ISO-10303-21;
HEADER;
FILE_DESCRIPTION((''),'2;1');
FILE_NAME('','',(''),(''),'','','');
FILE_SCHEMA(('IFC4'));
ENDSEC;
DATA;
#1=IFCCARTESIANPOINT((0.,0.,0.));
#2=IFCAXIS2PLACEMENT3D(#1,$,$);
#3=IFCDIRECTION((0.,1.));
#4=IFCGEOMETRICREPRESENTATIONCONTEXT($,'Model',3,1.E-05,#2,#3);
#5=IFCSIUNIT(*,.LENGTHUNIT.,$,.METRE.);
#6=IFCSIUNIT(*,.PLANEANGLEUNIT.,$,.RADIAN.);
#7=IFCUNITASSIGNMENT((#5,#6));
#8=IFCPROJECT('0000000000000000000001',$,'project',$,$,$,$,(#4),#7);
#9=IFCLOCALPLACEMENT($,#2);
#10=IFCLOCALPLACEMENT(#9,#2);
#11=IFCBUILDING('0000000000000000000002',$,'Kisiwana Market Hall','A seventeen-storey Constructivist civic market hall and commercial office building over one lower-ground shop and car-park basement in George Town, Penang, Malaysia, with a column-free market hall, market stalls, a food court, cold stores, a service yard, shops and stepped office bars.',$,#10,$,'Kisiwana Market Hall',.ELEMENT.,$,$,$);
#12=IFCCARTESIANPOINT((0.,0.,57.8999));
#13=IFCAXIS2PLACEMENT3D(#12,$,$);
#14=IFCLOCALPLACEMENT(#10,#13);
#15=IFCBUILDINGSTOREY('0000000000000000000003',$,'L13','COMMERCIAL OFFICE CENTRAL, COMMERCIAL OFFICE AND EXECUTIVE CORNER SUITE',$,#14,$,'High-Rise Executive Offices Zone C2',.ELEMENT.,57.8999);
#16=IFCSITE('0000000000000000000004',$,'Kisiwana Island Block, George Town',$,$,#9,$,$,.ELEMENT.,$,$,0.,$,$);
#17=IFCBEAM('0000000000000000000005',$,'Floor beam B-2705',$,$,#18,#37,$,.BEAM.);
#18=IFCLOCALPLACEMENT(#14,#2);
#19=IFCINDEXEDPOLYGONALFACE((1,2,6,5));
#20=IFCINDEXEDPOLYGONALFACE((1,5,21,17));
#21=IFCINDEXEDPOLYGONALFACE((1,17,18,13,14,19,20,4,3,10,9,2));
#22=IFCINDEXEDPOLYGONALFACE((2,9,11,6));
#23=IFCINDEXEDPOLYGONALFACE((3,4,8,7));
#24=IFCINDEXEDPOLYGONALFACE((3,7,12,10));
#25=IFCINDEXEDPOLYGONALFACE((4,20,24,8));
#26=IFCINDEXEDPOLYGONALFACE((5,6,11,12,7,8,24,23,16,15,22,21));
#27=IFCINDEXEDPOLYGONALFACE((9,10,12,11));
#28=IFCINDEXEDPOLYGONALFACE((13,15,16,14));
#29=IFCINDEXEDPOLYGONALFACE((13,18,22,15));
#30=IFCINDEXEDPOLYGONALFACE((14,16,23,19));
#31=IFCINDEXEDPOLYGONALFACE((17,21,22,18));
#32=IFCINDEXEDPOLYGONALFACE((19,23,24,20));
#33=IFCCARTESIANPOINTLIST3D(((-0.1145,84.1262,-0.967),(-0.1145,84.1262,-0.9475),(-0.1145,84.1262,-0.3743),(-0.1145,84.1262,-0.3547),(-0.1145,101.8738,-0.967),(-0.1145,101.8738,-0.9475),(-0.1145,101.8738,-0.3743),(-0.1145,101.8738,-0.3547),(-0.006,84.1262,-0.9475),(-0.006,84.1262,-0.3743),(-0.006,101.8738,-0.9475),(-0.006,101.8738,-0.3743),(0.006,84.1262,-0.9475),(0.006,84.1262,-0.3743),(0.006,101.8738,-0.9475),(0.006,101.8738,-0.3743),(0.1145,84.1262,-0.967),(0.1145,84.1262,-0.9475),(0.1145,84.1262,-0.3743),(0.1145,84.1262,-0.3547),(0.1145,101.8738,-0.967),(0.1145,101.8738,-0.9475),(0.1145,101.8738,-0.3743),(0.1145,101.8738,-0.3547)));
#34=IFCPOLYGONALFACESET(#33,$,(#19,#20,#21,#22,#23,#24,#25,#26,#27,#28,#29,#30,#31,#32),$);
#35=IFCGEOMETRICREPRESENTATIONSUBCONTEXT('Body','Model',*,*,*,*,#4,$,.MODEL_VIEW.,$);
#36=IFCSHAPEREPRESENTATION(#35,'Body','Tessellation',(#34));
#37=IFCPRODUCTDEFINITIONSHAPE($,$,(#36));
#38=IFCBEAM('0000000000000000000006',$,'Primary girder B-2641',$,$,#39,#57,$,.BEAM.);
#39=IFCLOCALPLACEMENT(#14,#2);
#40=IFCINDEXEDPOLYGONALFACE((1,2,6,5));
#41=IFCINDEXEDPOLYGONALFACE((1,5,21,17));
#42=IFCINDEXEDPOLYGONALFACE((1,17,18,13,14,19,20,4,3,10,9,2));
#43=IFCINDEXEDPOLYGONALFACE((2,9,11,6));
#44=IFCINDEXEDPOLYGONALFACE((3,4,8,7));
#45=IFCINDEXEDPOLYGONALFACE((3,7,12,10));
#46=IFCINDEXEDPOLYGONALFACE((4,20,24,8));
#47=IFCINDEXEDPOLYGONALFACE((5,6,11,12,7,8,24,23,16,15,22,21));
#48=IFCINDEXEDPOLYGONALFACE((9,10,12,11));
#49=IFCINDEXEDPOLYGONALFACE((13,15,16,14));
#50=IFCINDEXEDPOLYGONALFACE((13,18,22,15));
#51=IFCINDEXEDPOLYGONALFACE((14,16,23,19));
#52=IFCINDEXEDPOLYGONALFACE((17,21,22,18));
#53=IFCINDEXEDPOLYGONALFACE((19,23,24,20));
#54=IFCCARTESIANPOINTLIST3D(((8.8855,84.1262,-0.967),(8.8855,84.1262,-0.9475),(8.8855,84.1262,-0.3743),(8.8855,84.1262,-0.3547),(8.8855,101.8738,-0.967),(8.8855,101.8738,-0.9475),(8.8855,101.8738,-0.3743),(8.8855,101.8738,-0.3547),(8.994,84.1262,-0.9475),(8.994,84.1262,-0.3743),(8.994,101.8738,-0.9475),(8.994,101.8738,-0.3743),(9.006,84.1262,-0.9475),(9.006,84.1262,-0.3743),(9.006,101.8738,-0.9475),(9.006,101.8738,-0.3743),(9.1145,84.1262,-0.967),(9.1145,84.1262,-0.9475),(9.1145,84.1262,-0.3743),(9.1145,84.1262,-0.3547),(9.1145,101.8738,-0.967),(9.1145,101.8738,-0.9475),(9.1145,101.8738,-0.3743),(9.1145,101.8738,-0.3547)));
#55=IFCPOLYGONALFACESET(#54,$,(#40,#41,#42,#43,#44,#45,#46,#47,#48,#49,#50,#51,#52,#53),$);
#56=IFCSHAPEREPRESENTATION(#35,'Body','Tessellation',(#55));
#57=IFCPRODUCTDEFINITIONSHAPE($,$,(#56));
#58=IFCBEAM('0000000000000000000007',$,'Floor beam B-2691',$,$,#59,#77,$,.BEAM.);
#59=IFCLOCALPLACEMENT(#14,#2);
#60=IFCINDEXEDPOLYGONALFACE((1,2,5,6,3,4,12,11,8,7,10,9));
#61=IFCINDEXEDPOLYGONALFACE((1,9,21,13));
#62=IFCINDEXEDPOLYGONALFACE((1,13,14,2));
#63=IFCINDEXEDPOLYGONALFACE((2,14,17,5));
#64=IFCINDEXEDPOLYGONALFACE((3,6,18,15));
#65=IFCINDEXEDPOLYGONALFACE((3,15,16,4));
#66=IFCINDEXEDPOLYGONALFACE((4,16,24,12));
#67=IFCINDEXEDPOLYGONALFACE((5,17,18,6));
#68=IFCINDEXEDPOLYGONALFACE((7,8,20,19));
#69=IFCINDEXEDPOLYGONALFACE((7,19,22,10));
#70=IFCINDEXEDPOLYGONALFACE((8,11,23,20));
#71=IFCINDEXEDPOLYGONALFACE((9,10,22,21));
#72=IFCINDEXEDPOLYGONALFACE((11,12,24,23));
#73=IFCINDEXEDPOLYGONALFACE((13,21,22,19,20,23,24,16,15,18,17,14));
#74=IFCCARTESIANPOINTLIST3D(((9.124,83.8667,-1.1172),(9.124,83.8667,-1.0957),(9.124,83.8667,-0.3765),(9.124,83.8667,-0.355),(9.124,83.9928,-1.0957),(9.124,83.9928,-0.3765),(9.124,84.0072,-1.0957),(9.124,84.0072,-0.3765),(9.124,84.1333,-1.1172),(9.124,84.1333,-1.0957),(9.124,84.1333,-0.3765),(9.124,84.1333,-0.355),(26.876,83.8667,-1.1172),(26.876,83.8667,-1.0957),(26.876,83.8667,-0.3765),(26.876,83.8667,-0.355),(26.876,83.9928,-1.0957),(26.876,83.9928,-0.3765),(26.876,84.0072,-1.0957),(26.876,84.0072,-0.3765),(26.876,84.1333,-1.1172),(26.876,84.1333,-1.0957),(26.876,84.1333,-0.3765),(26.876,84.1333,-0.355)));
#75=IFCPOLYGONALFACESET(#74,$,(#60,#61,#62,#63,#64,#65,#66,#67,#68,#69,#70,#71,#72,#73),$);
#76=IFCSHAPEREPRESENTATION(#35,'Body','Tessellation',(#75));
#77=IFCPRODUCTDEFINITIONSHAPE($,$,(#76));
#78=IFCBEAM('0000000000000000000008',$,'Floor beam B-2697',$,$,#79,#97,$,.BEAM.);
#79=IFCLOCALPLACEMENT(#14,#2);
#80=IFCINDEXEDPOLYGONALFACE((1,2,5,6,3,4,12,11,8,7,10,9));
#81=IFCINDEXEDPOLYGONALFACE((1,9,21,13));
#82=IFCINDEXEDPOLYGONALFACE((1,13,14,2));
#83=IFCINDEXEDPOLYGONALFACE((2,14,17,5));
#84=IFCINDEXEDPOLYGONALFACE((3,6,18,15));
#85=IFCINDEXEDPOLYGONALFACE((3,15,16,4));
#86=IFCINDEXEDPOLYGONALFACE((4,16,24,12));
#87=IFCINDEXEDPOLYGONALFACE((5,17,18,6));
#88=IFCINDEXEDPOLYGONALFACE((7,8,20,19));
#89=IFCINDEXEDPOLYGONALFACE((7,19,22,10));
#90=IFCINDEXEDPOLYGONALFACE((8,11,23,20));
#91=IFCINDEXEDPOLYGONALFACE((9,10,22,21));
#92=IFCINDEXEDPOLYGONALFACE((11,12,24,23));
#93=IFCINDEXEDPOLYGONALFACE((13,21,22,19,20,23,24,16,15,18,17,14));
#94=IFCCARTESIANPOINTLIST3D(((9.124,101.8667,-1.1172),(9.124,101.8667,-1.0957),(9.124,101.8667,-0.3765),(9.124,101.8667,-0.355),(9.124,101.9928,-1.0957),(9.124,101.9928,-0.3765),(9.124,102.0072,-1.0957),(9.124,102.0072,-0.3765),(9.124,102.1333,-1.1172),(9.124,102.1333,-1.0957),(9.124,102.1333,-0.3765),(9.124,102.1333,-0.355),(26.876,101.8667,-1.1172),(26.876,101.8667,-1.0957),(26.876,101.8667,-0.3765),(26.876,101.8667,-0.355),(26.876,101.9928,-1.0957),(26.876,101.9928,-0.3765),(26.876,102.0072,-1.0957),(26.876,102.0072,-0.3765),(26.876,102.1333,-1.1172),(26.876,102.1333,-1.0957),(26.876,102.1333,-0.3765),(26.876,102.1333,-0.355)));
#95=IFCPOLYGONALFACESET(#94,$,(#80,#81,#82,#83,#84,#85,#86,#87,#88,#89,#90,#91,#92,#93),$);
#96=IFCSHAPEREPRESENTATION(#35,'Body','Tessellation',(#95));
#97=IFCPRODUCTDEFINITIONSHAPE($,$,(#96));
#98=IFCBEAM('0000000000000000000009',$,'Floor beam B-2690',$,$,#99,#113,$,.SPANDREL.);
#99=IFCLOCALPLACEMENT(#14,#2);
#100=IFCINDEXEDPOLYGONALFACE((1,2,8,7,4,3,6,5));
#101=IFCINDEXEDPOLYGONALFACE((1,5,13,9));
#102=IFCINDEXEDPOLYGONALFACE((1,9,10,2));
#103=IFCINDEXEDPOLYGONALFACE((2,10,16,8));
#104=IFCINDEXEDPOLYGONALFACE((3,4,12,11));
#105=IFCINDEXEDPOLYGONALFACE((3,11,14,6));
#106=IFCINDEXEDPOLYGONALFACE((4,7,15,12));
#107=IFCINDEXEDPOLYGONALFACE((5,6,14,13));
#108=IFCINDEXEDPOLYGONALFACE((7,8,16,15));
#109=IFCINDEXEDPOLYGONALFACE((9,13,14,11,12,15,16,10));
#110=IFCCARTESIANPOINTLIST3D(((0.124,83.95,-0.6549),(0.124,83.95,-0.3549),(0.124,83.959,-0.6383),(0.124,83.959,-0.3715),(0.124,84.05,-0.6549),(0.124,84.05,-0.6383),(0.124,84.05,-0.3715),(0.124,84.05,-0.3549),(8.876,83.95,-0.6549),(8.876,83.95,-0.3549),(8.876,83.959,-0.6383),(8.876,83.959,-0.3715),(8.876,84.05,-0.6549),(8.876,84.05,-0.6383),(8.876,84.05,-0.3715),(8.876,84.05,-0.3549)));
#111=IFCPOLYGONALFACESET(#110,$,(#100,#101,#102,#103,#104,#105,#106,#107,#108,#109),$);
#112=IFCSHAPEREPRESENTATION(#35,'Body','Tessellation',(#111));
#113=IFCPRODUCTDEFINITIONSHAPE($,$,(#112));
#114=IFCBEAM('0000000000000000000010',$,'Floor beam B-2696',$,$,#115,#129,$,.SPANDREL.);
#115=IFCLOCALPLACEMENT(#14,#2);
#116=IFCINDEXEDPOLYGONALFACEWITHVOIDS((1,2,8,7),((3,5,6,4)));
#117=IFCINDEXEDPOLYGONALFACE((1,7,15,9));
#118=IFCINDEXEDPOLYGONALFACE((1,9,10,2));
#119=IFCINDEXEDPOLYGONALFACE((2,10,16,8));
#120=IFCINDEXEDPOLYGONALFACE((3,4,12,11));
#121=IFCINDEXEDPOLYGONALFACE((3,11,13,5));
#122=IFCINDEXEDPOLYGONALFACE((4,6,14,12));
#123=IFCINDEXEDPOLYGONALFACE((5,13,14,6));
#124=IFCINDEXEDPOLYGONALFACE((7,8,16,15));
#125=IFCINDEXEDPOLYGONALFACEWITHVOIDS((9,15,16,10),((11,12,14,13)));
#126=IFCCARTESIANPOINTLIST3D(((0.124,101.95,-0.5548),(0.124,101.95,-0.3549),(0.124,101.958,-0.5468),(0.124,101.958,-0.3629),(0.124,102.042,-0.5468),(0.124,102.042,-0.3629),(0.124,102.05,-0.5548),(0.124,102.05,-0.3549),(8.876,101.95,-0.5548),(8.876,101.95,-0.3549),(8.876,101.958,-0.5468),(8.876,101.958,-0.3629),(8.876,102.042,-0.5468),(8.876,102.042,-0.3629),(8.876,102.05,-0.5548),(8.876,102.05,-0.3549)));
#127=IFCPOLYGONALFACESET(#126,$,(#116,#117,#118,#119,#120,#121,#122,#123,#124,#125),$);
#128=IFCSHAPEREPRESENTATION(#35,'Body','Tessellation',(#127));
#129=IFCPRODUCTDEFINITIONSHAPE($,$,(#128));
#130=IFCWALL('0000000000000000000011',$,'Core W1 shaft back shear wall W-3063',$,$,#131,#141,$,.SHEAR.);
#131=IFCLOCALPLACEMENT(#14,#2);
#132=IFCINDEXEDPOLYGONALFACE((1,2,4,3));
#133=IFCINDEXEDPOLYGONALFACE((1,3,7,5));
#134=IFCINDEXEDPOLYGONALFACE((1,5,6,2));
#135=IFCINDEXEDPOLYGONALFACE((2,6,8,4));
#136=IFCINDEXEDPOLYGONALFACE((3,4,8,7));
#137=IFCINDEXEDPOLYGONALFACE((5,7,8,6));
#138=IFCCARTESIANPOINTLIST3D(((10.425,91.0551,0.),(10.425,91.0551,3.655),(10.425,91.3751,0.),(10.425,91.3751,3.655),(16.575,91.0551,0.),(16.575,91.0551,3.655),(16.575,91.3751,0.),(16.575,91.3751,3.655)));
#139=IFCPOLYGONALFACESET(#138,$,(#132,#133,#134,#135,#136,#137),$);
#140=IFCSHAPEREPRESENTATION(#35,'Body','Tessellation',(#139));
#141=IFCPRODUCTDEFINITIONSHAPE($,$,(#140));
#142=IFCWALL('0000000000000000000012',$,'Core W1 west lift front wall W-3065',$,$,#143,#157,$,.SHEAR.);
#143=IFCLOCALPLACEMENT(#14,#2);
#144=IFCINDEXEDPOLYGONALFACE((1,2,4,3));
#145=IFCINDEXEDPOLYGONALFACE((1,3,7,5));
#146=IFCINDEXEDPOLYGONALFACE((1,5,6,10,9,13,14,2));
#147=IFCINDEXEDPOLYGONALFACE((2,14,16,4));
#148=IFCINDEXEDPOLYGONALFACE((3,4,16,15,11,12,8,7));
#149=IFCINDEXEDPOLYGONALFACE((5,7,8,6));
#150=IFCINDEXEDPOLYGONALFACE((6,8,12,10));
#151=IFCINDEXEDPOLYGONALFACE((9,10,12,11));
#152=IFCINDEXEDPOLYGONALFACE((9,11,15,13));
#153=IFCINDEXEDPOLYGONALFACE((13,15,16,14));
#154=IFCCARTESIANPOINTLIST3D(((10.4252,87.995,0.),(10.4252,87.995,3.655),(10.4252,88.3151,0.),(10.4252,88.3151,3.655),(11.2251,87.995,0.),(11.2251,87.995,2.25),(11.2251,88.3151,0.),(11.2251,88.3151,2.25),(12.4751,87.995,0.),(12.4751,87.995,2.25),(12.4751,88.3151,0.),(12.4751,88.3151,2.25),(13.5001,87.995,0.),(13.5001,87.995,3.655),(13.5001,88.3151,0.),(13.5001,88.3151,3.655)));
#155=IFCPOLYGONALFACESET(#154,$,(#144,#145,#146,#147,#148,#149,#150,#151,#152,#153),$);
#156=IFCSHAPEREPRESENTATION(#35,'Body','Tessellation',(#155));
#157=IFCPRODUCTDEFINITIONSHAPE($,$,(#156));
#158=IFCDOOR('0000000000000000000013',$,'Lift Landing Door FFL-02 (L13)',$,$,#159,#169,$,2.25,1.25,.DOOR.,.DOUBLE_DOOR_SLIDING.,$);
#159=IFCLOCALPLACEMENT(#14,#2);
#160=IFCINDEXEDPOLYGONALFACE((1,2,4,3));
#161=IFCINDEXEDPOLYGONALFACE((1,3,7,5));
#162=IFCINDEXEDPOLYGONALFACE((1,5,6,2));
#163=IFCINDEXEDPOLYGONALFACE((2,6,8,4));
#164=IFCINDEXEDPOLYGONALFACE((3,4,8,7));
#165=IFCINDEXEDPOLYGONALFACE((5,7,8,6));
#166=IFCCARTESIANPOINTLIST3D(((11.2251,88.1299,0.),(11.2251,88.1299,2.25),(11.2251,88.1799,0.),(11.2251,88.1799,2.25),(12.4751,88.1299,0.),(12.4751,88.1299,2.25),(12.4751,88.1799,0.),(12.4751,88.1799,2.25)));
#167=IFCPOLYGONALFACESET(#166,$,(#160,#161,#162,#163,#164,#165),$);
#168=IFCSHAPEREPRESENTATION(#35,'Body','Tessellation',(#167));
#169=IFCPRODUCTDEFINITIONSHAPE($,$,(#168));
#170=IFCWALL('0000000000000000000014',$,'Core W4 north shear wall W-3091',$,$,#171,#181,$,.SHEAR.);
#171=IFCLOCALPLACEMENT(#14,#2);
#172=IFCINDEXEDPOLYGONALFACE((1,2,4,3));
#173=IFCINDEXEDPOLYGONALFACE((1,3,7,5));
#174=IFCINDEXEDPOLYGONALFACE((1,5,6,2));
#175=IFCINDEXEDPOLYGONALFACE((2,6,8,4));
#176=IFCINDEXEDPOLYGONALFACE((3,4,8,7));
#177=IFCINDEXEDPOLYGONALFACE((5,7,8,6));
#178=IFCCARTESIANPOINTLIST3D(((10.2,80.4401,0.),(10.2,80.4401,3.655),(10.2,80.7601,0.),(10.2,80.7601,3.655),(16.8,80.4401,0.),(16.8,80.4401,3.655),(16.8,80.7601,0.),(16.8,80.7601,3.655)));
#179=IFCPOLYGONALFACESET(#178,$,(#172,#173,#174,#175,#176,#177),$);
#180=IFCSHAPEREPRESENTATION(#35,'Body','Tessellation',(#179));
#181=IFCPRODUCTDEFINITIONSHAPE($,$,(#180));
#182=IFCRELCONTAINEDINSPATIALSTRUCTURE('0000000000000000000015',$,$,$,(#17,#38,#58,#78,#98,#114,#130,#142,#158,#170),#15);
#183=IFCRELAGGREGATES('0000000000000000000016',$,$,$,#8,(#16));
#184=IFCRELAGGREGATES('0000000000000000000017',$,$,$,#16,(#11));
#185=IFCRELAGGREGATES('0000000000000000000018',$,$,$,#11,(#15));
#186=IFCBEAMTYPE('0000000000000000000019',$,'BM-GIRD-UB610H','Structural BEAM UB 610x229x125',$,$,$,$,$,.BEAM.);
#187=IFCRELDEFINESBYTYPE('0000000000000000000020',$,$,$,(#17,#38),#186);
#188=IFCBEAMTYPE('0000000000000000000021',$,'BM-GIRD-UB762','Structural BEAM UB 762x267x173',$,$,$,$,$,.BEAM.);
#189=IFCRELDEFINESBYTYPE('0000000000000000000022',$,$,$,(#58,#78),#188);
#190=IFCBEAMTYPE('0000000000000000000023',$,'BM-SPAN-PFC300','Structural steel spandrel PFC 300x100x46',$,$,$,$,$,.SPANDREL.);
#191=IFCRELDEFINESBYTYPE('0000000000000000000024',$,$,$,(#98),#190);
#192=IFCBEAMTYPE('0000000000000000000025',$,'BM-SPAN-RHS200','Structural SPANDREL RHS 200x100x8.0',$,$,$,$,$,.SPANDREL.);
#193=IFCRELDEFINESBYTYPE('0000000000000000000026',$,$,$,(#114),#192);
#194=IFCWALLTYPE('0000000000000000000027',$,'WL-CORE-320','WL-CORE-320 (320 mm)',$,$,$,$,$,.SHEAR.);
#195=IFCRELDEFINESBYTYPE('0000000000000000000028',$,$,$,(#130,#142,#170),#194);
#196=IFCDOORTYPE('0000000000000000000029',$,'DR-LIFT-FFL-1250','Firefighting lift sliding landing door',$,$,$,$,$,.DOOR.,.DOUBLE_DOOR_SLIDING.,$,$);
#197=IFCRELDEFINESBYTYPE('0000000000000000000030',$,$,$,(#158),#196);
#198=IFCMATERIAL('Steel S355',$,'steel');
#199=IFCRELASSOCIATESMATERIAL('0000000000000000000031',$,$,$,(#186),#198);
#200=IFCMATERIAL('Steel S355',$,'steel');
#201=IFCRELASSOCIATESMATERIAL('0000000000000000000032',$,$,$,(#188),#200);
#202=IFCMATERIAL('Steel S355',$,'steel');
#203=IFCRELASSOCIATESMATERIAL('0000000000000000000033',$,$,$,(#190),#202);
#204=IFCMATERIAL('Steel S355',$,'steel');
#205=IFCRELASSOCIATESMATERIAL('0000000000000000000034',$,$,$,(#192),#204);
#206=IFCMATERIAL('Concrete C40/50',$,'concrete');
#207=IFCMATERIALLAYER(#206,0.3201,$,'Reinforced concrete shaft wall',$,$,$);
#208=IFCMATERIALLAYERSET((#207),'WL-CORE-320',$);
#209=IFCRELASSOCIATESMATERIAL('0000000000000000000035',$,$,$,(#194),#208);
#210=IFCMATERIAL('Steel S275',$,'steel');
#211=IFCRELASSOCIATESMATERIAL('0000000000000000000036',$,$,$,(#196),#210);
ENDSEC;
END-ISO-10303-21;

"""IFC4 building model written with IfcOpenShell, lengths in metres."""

from ifc_helpers import new_model, si_unit, direction, frame, frame_2d, origin, origin_2d, place, context, subcontext, project, spatial, rectangle, hollow_rectangle, i_section, u_section, extrude, material, layer, layer_set, material_profile, profile_set, type_object, element, fill, save


model = new_model("IFC4")

# Units and contexts
model_context = context("Model", 3, precision=1e-05, world=origin(), true_north=direction((0.0, 1.0)))
body_context = subcontext(model_context, "Body", "Model", "MODEL_VIEW")
ifc_project = project(units=[si_unit("LENGTHUNIT", "METRE"), si_unit("PLANEANGLEUNIT", "RADIAN")], contexts=[model_context])

# Site, building, storey
site_placement = place(None, origin())
site = spatial("IfcSite", under=ifc_project, at=site_placement, Name="Kisiwana Island Block, George Town", CompositionType="ELEMENT", RefElevation=0.0)
building_placement = place(site_placement, origin())
building = spatial("IfcBuilding", under=site, at=building_placement, Name="Kisiwana Market Hall", Description="A seventeen-storey Constructivist civic market hall and commercial office building over one lower-ground shop and car-park basement in George Town, Penang, Malaysia, with a column-free market hall, market stalls, a food court, cold stores, a service yard, shops and stepped office bars.", LongName="Kisiwana Market Hall", CompositionType="ELEMENT")
storey_placement = place(building_placement, frame((0.0, 0.0, 57.8999)))
storey = spatial("IfcBuildingStorey", under=building, at=storey_placement, Name="L13", Description="COMMERCIAL OFFICE CENTRAL, COMMERCIAL OFFICE AND EXECUTIVE CORNER SUITE", LongName="High-Rise Executive Offices Zone C2", CompositionType="ELEMENT", Elevation=57.8999)

# Beams
ifc_material_1 = material(Name="Steel S355", Category="steel")
ifc_material_profile_1 = material_profile(ifc_material_1, i_section(OverallWidth=0.229, OverallDepth=0.6123, WebThickness=0.012, FlangeThickness=0.0195, at=origin_2d()), Name="UB 610x229x125")
ifc_profile_set_1 = profile_set([ifc_material_profile_1], Name="Steel S355")
beam_type_1 = type_object("IfcBeamType", Name="BM-GIRD-UB610H", Description="Structural BEAM UB 610x229x125", PredefinedType="BEAM", material=ifc_profile_set_1)
for number, where, z_axis, x_axis, name in (
    (1, (0.0, 84.1262, -0.6609), (0.0, 1.0, 0.0), (-1.0, 0.0, 0.0), "Floor beam B-2705"),
    (2, (9.0, 84.1262, -0.6609), (0.0, 1.0, 0.0), (-1.0, 0.0, 0.0), "Primary girder B-2641"),
):
    element("IfcBeam", number, at=place(storey_placement, frame(where, z_axis=z_axis, x_axis=x_axis)), inside=storey, type_object=beam_type_1, Name=name, PredefinedType="BEAM", context=body_context, shape_type="SweptSolid", body=[
        extrude(i_section(OverallWidth=0.229, OverallDepth=0.6123, WebThickness=0.012, FlangeThickness=0.0195, at=origin_2d()), origin(), (0.0, 0.0, 1.0), 17.7476),
    ])
ifc_material_2 = material(Name="Steel S355", Category="steel")
ifc_material_profile_2 = material_profile(ifc_material_2, i_section(OverallWidth=0.2666, OverallDepth=0.7622, WebThickness=0.0144, FlangeThickness=0.0215, at=origin_2d()), Name="UB 762x267x173")
ifc_profile_set_2 = profile_set([ifc_material_profile_2], Name="Steel S355")
beam_type_2 = type_object("IfcBeamType", Name="BM-GIRD-UB762", Description="Structural BEAM UB 762x267x173", PredefinedType="BEAM", material=ifc_profile_set_2)
for number, where, z_axis, x_axis, name in (
    (3, (9.124, 84.0, -0.7361), (1.0, 0.0, 0.0), (0.0, 1.0, 0.0), "Floor beam B-2691"),
    (4, (9.124, 102.0, -0.7361), (1.0, 0.0, 0.0), (0.0, 1.0, 0.0), "Floor beam B-2697"),
):
    element("IfcBeam", number, at=place(storey_placement, frame(where, z_axis=z_axis, x_axis=x_axis)), inside=storey, type_object=beam_type_2, Name=name, PredefinedType="BEAM", context=body_context, shape_type="SweptSolid", body=[
        extrude(i_section(OverallWidth=0.2666, OverallDepth=0.7622, WebThickness=0.0144, FlangeThickness=0.0215, at=origin_2d()), origin(), (0.0, 0.0, 1.0), 17.752),
    ])
ifc_material_3 = material(Name="Steel S355", Category="steel")
ifc_material_profile_3 = material_profile(ifc_material_3, u_section(Depth=0.3, FlangeWidth=0.1001, WebThickness=0.009, FlangeThickness=0.0166, at=origin_2d()), Name="PFC 300x100x46")
ifc_profile_set_3 = profile_set([ifc_material_profile_3], Name="Steel S355")
beam_type_3 = type_object("IfcBeamType", Name="BM-SPAN-PFC300", Description="Structural steel spandrel PFC 300x100x46", PredefinedType="SPANDREL", material=ifc_profile_set_3)
beam_1_placement = place(storey_placement, frame((0.124, 84.0, -0.5049), z_axis=(1.0, 0.0, 0.0), x_axis=(0.0, 1.0, 0.0)))
element("IfcBeam", 5, at=beam_1_placement, inside=storey, type_object=beam_type_3, Name="Floor beam B-2690", PredefinedType="SPANDREL", context=body_context, shape_type="SweptSolid", body=[
    extrude(u_section(Depth=0.3, FlangeWidth=0.1001, WebThickness=0.009, FlangeThickness=0.0166, at=origin_2d()), origin(), (0.0, 0.0, 1.0), 8.752),
])
ifc_material_4 = material(Name="Steel S355", Category="steel")
ifc_material_profile_4 = material_profile(ifc_material_4, hollow_rectangle(XDim=0.1001, YDim=0.2, WallThickness=0.0081, at=origin_2d()), Name="RHS 200x100x8.0")
ifc_profile_set_4 = profile_set([ifc_material_profile_4], Name="Steel S355")
beam_type_4 = type_object("IfcBeamType", Name="BM-SPAN-RHS200", Description="Structural SPANDREL RHS 200x100x8.0", PredefinedType="SPANDREL", material=ifc_profile_set_4)
beam_2_placement = place(storey_placement, frame((0.124, 102.0, -0.4548), z_axis=(1.0, 0.0, 0.0), x_axis=(0.0, 1.0, 0.0)))
element("IfcBeam", 6, at=beam_2_placement, inside=storey, type_object=beam_type_4, Name="Floor beam B-2696", PredefinedType="SPANDREL", context=body_context, shape_type="SweptSolid", body=[
    extrude(hollow_rectangle(XDim=0.1001, YDim=0.2, WallThickness=0.0081, at=origin_2d()), origin(), (0.0, 0.0, 1.0), 8.752),
])

# Wall
ifc_material_5 = material(Name="Concrete C40/50", Category="concrete")
ifc_layer_1 = layer(ifc_material_5, 0.3201, Name="Reinforced concrete shaft wall")
ifc_layer_set_1 = layer_set([ifc_layer_1], Name="WL-CORE-320")
wall_type_1 = type_object("IfcWallType", Name="WL-CORE-320", Description="WL-CORE-320 (320 mm)", PredefinedType="SHEAR", material=ifc_layer_set_1)
wall_1_placement = place(storey_placement, frame((10.425, 91.2151, 0.0), z_axis=(0.0, 0.0, 1.0), x_axis=(1.0, 0.0, 0.0)))
element("IfcWall", 7, at=wall_1_placement, inside=storey, type_object=wall_type_1, Name="Core W1 shaft back shear wall W-3063", PredefinedType="SHEAR", context=body_context, shape_type="SweptSolid", body=[
    extrude(rectangle(XDim=6.1499, YDim=0.3201, at=frame_2d((3.075, 0.0))), origin(), (0.0, 0.0, 1.0), 3.655),
])

# Wall, opening, door
wall_2_placement = place(storey_placement, frame((10.425, 88.155, 0.0), z_axis=(0.0, 0.0, 1.0), x_axis=(1.0, 0.0, 0.0)))
wall_2 = element("IfcWall", 8, at=wall_2_placement, inside=storey, type_object=wall_type_1, Name="Core W1 west lift front wall W-3065", PredefinedType="SHEAR", context=body_context, shape_type="SweptSolid", body=[
    extrude(rectangle(XDim=3.075, YDim=0.3201, at=frame_2d((1.5376, 0.0))), origin(), (0.0, 0.0, 1.0), 3.655),
])
opening_1_placement = place(wall_2_placement, frame((0.8, 0.0, 0.0)))
opening_1 = element("IfcOpeningElement", 9, at=opening_1_placement, cuts=wall_2, PredefinedType="OPENING", context=body_context, shape_type="SweptSolid", body=[
    extrude(rectangle(XDim=1.25, YDim=2.25, at=frame_2d((0.625, 1.125))), frame((0.0, 0.1719, 0.0), z_axis=(0.0, -1.0, 0.0), x_axis=(1.0, 0.0, 0.0)), (0.0, 0.0, 1.0), 0.344),
])
ifc_material_6 = material(Name="Steel S275", Category="steel")
door_type_1 = type_object("IfcDoorType", Name="DR-LIFT-FFL-1250", Description="Firefighting lift sliding landing door", OperationType="DOUBLE_DOOR_SLIDING", PredefinedType="DOOR", material=ifc_material_6)
door_1_placement = place(opening_1_placement, origin())
door_1 = element("IfcDoor", 10, at=door_1_placement, inside=storey, type_object=door_type_1, Name="Lift Landing Door FFL-02 (L13)", OperationType="DOUBLE_DOOR_SLIDING", OverallHeight=2.25, OverallWidth=1.25, PredefinedType="DOOR", context=body_context, shape_type="SweptSolid", body=[
    extrude(rectangle(XDim=1.25, YDim=2.25, at=frame_2d((0.625, 1.125))), frame((0.0, 0.0249, 0.0), z_axis=(0.0, -1.0, 0.0), x_axis=(1.0, 0.0, 0.0)), (0.0, 0.0, 1.0), 0.05),
])
fill(opening_1, door_1)

# Wall
wall_3_placement = place(storey_placement, frame((10.2, 80.6001, 0.0), z_axis=(0.0, 0.0, 1.0), x_axis=(1.0, 0.0, 0.0)))
element("IfcWall", 11, at=wall_3_placement, inside=storey, type_object=wall_type_1, Name="Core W4 north shear wall W-3091", PredefinedType="SHEAR", context=body_context, shape_type="SweptSolid", body=[
    extrude(rectangle(XDim=6.6001, YDim=0.3201, at=frame_2d((3.3, 0.0))), origin(), (0.0, 0.0, 1.0), 3.655),
])

save(model, "model.ifc")
